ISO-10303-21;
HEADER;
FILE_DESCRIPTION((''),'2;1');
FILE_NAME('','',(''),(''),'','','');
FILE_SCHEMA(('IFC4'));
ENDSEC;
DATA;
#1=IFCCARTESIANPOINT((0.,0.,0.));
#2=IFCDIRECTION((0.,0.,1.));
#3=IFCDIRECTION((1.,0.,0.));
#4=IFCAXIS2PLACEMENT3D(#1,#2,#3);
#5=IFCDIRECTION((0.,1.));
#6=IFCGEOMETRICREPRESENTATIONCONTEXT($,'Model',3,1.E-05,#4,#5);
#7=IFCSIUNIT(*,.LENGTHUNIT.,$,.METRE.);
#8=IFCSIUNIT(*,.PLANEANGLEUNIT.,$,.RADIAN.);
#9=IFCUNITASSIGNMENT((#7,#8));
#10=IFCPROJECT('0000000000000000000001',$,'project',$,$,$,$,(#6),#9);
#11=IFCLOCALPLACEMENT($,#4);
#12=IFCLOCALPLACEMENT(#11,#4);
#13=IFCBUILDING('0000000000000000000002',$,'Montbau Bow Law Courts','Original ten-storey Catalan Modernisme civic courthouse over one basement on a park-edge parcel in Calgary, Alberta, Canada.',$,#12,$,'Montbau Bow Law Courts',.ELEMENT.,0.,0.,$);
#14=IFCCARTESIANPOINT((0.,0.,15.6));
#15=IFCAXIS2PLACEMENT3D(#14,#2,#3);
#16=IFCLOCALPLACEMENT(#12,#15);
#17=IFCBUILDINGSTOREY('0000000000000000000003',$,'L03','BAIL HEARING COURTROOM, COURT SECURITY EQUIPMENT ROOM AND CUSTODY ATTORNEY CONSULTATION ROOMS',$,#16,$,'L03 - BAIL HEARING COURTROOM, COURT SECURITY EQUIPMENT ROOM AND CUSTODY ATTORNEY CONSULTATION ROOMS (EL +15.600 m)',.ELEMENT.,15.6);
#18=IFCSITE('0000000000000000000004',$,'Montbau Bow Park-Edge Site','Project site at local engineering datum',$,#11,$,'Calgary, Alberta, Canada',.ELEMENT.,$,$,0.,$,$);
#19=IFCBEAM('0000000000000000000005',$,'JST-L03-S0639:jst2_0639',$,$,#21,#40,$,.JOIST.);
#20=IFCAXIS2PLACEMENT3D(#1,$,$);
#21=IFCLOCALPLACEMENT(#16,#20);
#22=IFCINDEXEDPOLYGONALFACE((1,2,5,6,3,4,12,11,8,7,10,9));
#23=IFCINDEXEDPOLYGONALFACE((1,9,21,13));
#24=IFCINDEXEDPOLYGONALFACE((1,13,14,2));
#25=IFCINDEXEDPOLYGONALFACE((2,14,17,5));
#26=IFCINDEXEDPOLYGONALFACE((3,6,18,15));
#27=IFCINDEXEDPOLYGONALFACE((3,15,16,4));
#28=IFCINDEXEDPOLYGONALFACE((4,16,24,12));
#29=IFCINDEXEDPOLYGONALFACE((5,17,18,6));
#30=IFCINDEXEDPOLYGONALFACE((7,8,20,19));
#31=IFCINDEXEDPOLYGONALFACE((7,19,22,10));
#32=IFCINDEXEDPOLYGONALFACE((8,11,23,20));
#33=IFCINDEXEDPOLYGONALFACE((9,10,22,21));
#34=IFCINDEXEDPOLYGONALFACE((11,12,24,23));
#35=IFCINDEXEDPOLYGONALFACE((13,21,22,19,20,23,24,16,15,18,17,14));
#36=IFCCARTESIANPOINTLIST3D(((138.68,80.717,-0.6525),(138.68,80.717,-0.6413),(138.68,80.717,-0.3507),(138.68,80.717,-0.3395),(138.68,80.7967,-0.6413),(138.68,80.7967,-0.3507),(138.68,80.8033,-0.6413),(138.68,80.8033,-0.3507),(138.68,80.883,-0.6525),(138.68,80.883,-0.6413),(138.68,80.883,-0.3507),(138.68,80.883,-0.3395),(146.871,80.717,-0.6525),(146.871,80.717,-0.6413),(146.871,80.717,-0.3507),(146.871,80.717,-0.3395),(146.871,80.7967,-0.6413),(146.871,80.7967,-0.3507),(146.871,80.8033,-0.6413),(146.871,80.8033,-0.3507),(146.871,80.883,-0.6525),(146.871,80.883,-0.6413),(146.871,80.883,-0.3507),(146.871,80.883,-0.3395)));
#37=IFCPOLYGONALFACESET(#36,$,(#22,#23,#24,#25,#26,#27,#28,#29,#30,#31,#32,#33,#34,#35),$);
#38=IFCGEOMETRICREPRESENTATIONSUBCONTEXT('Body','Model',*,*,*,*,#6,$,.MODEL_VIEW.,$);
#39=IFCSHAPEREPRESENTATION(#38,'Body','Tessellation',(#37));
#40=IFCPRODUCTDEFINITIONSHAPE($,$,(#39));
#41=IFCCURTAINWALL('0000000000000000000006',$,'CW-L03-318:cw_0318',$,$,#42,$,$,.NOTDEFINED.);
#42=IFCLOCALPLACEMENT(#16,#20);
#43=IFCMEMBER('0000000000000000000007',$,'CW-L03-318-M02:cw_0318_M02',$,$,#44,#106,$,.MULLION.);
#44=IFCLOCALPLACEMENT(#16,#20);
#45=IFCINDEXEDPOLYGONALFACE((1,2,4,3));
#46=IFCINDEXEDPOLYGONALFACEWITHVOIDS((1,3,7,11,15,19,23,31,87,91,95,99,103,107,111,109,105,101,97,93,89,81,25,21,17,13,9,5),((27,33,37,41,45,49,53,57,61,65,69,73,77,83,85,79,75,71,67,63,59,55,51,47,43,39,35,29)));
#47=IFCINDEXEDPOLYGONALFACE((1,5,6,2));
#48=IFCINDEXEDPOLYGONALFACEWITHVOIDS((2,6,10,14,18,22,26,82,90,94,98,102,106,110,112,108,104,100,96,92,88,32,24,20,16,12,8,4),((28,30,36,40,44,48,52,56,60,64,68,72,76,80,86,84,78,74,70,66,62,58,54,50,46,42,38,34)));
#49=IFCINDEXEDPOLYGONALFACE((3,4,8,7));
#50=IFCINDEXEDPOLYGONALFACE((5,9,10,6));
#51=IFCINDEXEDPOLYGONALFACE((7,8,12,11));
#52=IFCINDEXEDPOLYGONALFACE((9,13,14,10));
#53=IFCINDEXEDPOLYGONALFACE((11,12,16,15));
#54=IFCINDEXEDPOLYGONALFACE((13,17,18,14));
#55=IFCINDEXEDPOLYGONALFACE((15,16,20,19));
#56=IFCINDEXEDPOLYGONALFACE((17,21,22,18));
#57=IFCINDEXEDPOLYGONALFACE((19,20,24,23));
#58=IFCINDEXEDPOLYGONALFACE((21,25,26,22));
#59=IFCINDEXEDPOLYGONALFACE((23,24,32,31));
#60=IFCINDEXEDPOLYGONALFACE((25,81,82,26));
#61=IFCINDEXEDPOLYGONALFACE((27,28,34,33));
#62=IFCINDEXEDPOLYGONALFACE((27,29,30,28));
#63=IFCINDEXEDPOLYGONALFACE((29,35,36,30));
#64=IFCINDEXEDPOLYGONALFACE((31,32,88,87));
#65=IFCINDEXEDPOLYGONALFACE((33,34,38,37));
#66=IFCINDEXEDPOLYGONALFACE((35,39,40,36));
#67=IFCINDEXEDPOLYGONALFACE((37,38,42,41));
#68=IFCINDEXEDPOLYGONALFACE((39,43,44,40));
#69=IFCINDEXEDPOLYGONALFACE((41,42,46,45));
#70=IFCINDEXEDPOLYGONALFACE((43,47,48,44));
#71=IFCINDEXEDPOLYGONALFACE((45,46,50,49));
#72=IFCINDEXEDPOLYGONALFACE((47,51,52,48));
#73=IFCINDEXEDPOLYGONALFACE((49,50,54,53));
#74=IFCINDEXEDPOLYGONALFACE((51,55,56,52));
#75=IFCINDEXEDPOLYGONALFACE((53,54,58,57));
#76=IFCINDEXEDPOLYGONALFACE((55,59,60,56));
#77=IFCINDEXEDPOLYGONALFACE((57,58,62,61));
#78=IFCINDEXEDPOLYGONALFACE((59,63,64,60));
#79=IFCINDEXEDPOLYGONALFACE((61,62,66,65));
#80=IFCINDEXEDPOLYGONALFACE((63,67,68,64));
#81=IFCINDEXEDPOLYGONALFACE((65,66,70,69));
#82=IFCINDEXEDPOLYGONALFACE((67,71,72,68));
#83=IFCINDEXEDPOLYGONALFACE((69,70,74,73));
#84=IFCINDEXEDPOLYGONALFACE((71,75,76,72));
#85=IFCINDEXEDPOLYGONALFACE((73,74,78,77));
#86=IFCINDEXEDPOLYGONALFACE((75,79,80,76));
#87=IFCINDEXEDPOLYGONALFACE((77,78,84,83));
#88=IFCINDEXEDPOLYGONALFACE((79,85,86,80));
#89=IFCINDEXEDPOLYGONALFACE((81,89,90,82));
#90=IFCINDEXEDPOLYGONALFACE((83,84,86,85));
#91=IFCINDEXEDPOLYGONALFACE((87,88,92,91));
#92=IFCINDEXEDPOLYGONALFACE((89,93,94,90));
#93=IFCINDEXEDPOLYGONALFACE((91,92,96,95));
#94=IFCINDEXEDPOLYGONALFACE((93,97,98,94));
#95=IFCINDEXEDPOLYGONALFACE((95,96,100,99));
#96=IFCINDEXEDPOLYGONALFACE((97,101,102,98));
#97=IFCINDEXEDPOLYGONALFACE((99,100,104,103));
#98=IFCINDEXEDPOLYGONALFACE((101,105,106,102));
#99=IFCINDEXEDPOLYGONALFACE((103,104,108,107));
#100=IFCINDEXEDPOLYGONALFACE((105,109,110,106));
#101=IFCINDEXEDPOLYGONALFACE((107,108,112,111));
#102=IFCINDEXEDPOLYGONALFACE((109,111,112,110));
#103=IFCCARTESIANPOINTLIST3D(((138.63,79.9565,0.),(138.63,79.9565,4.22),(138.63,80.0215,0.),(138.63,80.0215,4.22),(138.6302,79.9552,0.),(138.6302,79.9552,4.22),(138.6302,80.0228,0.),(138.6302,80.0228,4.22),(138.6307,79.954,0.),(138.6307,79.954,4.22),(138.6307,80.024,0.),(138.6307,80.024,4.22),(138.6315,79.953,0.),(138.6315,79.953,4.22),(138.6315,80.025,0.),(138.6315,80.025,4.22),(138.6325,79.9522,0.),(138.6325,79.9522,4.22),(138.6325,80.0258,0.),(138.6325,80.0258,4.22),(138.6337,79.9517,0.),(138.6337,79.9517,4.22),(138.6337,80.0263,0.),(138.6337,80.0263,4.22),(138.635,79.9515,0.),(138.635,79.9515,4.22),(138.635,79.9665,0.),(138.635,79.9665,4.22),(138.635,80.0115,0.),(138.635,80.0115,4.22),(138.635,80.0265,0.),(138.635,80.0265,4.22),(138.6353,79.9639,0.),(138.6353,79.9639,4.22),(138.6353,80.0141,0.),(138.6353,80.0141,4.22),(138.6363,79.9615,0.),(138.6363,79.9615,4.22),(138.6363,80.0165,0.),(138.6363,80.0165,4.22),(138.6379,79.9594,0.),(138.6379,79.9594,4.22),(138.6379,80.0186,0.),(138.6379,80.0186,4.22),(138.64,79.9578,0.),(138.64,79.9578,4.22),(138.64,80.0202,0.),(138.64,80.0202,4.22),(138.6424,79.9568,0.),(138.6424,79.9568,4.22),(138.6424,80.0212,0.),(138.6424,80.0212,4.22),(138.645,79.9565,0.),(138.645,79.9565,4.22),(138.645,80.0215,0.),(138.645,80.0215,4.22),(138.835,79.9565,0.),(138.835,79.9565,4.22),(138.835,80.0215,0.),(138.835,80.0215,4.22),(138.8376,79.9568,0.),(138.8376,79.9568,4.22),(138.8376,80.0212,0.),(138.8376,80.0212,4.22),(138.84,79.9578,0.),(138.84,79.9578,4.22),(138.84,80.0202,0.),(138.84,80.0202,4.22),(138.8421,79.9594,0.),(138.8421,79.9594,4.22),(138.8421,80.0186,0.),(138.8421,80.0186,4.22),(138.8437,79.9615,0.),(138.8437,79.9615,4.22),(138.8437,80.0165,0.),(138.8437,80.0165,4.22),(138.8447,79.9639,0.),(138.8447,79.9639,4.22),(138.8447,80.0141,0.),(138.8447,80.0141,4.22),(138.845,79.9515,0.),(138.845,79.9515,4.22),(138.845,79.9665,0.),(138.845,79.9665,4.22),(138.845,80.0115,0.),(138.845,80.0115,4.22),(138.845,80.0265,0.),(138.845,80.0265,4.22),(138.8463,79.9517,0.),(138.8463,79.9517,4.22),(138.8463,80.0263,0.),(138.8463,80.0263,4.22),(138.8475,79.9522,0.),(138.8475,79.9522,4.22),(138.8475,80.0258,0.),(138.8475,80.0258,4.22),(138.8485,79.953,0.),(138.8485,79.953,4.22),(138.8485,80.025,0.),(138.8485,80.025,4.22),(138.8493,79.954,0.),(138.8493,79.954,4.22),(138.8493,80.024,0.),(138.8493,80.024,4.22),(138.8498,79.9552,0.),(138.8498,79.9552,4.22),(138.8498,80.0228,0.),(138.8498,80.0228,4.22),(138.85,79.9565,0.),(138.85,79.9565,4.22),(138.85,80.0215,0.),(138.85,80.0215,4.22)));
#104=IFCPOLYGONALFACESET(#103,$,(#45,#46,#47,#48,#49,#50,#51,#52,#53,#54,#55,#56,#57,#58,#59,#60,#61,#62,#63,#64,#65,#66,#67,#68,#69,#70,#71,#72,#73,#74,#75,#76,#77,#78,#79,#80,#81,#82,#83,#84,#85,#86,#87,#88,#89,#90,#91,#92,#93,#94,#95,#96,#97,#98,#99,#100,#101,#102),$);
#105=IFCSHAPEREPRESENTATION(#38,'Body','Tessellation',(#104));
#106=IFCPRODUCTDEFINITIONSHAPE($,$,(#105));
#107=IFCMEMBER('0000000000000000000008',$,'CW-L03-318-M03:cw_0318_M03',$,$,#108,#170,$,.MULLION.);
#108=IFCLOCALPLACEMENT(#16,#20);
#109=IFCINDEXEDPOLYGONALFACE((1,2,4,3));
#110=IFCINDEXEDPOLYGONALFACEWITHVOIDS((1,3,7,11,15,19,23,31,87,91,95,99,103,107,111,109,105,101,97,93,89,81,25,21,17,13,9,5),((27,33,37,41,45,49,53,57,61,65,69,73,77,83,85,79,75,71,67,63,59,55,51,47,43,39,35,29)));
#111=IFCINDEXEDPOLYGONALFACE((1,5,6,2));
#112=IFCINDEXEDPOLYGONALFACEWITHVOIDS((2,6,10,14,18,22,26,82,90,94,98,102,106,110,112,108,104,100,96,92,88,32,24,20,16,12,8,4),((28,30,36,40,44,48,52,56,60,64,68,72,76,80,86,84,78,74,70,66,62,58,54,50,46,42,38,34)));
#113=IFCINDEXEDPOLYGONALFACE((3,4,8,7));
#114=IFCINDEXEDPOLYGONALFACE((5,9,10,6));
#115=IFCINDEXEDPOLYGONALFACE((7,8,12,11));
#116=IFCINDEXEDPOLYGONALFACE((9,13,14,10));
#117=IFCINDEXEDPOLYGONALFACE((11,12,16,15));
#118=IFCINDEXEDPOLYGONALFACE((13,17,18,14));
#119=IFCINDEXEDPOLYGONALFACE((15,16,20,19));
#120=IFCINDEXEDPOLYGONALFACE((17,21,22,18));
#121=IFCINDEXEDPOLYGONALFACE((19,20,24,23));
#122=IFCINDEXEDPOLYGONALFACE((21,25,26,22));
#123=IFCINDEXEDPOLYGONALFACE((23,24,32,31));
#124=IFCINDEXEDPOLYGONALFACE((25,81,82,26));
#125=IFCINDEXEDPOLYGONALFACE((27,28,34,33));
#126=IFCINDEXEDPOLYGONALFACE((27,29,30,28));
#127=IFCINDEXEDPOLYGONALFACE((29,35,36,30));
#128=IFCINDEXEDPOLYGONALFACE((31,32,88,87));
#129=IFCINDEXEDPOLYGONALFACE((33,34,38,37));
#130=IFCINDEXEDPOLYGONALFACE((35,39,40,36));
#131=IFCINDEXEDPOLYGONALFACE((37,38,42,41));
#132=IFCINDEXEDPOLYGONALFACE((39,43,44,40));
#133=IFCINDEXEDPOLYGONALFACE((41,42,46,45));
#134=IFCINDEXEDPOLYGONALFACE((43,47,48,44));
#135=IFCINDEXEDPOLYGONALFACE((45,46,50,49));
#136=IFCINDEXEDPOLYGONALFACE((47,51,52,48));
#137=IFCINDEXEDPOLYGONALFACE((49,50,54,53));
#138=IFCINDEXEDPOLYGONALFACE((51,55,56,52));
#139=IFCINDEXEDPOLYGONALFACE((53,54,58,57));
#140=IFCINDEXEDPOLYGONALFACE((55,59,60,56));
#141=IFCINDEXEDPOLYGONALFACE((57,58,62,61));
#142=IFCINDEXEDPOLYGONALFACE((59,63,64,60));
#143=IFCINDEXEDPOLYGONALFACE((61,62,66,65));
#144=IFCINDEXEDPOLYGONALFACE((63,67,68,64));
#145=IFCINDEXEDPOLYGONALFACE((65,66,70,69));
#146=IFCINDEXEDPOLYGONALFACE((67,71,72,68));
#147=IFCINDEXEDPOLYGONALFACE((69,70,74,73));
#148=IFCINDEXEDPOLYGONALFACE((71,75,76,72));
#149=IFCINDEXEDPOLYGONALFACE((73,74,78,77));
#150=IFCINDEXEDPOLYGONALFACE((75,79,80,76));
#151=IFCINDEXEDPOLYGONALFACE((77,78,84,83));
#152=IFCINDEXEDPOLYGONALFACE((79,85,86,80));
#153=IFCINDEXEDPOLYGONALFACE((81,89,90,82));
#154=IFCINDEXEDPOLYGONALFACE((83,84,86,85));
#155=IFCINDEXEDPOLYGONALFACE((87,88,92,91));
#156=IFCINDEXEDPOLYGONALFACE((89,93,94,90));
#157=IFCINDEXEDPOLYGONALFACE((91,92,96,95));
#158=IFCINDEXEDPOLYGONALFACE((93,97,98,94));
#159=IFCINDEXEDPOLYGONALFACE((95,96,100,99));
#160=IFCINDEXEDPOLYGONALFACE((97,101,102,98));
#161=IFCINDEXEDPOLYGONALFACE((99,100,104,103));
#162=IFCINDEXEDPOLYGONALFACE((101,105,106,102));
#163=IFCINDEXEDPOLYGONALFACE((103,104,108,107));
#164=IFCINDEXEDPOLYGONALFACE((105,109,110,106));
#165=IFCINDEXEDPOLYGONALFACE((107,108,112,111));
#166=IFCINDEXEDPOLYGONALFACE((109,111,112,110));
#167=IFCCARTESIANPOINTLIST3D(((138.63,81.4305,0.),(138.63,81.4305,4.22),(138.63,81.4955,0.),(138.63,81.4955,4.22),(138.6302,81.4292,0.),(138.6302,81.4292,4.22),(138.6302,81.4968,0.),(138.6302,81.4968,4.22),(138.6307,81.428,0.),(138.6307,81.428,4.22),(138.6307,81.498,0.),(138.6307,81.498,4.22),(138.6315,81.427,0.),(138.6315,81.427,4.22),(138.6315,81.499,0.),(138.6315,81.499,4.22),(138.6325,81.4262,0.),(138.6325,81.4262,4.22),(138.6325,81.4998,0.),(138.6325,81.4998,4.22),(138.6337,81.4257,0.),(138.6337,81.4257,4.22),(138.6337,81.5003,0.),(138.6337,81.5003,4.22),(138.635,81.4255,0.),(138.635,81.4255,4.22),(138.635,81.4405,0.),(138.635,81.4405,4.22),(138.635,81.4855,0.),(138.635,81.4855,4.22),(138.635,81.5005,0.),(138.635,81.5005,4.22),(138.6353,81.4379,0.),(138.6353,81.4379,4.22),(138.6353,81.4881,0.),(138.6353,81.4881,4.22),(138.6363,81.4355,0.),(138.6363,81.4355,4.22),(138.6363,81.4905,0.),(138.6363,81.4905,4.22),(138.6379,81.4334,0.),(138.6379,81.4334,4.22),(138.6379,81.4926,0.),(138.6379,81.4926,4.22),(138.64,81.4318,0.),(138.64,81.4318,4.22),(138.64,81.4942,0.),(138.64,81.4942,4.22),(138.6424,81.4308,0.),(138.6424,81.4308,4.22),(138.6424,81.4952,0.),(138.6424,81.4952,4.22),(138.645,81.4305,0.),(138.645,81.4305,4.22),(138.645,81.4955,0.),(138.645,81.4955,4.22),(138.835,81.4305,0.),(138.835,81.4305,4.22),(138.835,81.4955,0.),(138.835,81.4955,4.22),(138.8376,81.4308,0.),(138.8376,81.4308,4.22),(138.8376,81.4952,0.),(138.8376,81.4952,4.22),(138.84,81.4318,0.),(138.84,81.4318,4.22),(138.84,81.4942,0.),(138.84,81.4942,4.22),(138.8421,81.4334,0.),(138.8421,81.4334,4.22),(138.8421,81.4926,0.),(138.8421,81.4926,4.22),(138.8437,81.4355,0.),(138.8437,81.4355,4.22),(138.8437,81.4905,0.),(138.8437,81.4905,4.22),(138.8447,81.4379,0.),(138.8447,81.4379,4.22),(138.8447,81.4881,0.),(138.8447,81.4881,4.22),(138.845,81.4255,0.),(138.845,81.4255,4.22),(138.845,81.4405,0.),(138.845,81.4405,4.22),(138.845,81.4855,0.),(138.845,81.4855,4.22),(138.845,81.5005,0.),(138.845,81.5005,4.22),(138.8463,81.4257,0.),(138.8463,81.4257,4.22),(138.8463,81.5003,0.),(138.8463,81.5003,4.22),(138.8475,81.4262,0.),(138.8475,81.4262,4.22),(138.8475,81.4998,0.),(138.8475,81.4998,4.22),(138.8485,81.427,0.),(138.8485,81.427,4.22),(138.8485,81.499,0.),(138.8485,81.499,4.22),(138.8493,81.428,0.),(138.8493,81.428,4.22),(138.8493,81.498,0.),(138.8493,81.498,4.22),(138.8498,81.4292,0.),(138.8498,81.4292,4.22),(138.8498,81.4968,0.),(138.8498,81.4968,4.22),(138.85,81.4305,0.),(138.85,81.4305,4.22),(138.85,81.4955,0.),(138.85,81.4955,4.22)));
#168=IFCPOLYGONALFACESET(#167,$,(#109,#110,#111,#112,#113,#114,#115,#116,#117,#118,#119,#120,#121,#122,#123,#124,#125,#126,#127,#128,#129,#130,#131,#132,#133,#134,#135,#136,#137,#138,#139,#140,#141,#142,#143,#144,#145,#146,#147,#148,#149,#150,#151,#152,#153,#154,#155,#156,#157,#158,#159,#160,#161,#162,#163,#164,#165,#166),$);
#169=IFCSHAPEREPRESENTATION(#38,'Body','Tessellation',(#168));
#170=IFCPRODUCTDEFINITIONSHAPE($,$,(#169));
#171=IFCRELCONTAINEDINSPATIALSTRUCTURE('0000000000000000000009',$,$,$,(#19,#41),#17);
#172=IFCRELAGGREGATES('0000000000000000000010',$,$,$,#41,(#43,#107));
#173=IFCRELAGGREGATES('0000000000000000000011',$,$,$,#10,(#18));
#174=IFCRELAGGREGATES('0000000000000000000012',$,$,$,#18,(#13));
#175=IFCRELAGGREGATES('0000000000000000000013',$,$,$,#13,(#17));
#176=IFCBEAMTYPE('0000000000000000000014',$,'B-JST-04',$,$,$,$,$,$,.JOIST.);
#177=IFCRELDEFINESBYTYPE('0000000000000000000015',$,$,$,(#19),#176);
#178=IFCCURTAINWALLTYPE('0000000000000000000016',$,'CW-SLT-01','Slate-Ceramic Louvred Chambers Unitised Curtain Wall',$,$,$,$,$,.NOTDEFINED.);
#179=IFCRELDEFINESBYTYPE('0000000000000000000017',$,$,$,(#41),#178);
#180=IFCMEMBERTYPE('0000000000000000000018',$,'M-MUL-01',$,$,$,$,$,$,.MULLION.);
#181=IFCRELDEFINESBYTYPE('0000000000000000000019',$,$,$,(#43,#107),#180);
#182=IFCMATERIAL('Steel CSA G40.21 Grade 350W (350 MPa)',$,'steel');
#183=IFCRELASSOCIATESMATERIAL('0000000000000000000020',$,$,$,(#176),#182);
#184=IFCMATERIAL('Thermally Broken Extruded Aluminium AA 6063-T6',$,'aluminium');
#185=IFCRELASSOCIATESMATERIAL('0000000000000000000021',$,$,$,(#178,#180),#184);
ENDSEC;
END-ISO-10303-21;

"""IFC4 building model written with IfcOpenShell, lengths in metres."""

from ifc_helpers import new_model, si_unit, direction, frame, origin_with_axes, origin_2d_with_axis, place, context, subcontext, project, spatial, hollow_rectangle, i_section, extrude, material, material_profile, profile_set, type_object, element, aggregate, save


model = new_model("IFC4")

# Units and contexts
model_context = context("Model", 3, precision=1e-05, world=origin_with_axes(), true_north=direction((0.0, 1.0)))
body_context = subcontext(model_context, "Body", "Model", "MODEL_VIEW")
ifc_project = project(units=[si_unit("LENGTHUNIT", "METRE"), si_unit("PLANEANGLEUNIT", "RADIAN")], contexts=[model_context])

# Site, building, storey
site_placement = place(None, origin_with_axes())
site = spatial("IfcSite", under=ifc_project, at=site_placement, Name="Montbau Bow Park-Edge Site", Description="Project site at local engineering datum", LongName="Calgary, Alberta, Canada", CompositionType="ELEMENT", RefElevation=0.0)
building_placement = place(site_placement, origin_with_axes())
building = spatial("IfcBuilding", under=site, at=building_placement, Name="Montbau Bow Law Courts", Description="Original ten-storey Catalan Modernisme civic courthouse over one basement on a park-edge parcel in Calgary, Alberta, Canada.", LongName="Montbau Bow Law Courts", CompositionType="ELEMENT", ElevationOfRefHeight=0.0, ElevationOfTerrain=0.0)
storey_placement = place(building_placement, frame((0.0, 0.0, 15.6), z_axis=(0.0, 0.0, 1.0), x_axis=(1.0, 0.0, 0.0)))
storey = spatial("IfcBuildingStorey", under=building, at=storey_placement, Name="L03", Description="BAIL HEARING COURTROOM, COURT SECURITY EQUIPMENT ROOM AND CUSTODY ATTORNEY CONSULTATION ROOMS", LongName="L03 - BAIL HEARING COURTROOM, COURT SECURITY EQUIPMENT ROOM AND CUSTODY ATTORNEY CONSULTATION ROOMS (EL +15.600 m)", CompositionType="ELEMENT", Elevation=15.6)

# Beam
ifc_material_1 = material(Name="Steel CSA G40.21 Grade 350W (350 MPa)", Category="steel")
ifc_material_profile_1 = material_profile(ifc_material_1, i_section(OverallWidth=0.166, OverallDepth=0.313, WebThickness=0.0066, FlangeThickness=0.0112, at=origin_2d_with_axis()), Name="W310X45", Category="Main", Priority=0)
ifc_profile_set_1 = profile_set([ifc_material_profile_1], Name="Steel CSA G40.21 Grade 350W (350 MPa)")
beam_type = type_object("IfcBeamType", Name="B-JST-04", PredefinedType="JOIST", material=ifc_profile_set_1)
beam_placement = place(None, frame((138.68, 80.8, 15.104), z_axis=(1.0, 0.0, 0.0), x_axis=(0.0, 1.0, 0.0)))
element("IfcBeam", 1, at=beam_placement, inside=storey, type_object=beam_type, Name="JST-L03-S0639:jst2_0639", PredefinedType="JOIST", context=body_context, shape_type="SweptSolid", body=[
    extrude(i_section(OverallWidth=0.166, OverallDepth=0.313, WebThickness=0.0066, FlangeThickness=0.0112, at=origin_2d_with_axis()), origin_with_axes(), (0.0, 0.0, 1.0), 8.191),
])

# Curtain wall, members
ifc_material_2 = material(Name="Thermally Broken Extruded Aluminium AA 6063-T6", Category="aluminium")
curtain_wall_type = type_object("IfcCurtainWallType", Name="CW-SLT-01", Description="Slate-Ceramic Louvred Chambers Unitised Curtain Wall", PredefinedType="NOTDEFINED", material=ifc_material_2)
curtain_wall_placement = place(None, frame((138.74, 78.515, 15.6), z_axis=(0.0, 0.0, 1.0), x_axis=(1.0, 0.0, 0.0)))
curtain_wall = element("IfcCurtainWall", 2, at=curtain_wall_placement, inside=storey, type_object=curtain_wall_type, Name="CW-L03-318:cw_0318", PredefinedType="NOTDEFINED")
ifc_material_profile_2 = material_profile(ifc_material_2, hollow_rectangle(XDim=0.075, YDim=0.22, WallThickness=0.005, InnerFilletRadius=0.01, OuterFilletRadius=0.005, at=origin_2d_with_axis()), Name="CWM-220X75", Category="Main", Priority=0)
ifc_profile_set_2 = profile_set([ifc_material_profile_2], Name="Thermally Broken Extruded Aluminium AA 6063-T6")
member_type_1 = type_object("IfcMemberType", Name="M-MUL-01", PredefinedType="MULLION", material=ifc_profile_set_2)
member_1_placement = place(None, frame((138.74, 79.989, 15.6), z_axis=(0.0, 0.0, 1.0), x_axis=(0.0, 1.0, 0.0)))
member_1 = element("IfcMember", 3, at=member_1_placement, type_object=member_type_1, Name="CW-L03-318-M02:cw_0318_M02", PredefinedType="MULLION", context=body_context, shape_type="SweptSolid", body=[
    extrude(hollow_rectangle(XDim=0.075, YDim=0.22, WallThickness=0.005, InnerFilletRadius=0.01, OuterFilletRadius=0.005, at=origin_2d_with_axis()), origin_with_axes(), (0.0, 0.0, 1.0), 4.22),
])
member_2_placement = place(None, frame((138.74, 81.463, 15.6), z_axis=(0.0, 0.0, 1.0), x_axis=(0.0, 1.0, 0.0)))
member_2 = element("IfcMember", 4, at=member_2_placement, type_object=member_type_1, Name="CW-L03-318-M03:cw_0318_M03", PredefinedType="MULLION", context=body_context, shape_type="SweptSolid", body=[
    extrude(hollow_rectangle(XDim=0.075, YDim=0.22, WallThickness=0.005, InnerFilletRadius=0.01, OuterFilletRadius=0.005, at=origin_2d_with_axis()), origin_with_axes(), (0.0, 0.0, 1.0), 4.22),
])
aggregate(curtain_wall, [member_1, member_2])

save(model, "model.ifc")
